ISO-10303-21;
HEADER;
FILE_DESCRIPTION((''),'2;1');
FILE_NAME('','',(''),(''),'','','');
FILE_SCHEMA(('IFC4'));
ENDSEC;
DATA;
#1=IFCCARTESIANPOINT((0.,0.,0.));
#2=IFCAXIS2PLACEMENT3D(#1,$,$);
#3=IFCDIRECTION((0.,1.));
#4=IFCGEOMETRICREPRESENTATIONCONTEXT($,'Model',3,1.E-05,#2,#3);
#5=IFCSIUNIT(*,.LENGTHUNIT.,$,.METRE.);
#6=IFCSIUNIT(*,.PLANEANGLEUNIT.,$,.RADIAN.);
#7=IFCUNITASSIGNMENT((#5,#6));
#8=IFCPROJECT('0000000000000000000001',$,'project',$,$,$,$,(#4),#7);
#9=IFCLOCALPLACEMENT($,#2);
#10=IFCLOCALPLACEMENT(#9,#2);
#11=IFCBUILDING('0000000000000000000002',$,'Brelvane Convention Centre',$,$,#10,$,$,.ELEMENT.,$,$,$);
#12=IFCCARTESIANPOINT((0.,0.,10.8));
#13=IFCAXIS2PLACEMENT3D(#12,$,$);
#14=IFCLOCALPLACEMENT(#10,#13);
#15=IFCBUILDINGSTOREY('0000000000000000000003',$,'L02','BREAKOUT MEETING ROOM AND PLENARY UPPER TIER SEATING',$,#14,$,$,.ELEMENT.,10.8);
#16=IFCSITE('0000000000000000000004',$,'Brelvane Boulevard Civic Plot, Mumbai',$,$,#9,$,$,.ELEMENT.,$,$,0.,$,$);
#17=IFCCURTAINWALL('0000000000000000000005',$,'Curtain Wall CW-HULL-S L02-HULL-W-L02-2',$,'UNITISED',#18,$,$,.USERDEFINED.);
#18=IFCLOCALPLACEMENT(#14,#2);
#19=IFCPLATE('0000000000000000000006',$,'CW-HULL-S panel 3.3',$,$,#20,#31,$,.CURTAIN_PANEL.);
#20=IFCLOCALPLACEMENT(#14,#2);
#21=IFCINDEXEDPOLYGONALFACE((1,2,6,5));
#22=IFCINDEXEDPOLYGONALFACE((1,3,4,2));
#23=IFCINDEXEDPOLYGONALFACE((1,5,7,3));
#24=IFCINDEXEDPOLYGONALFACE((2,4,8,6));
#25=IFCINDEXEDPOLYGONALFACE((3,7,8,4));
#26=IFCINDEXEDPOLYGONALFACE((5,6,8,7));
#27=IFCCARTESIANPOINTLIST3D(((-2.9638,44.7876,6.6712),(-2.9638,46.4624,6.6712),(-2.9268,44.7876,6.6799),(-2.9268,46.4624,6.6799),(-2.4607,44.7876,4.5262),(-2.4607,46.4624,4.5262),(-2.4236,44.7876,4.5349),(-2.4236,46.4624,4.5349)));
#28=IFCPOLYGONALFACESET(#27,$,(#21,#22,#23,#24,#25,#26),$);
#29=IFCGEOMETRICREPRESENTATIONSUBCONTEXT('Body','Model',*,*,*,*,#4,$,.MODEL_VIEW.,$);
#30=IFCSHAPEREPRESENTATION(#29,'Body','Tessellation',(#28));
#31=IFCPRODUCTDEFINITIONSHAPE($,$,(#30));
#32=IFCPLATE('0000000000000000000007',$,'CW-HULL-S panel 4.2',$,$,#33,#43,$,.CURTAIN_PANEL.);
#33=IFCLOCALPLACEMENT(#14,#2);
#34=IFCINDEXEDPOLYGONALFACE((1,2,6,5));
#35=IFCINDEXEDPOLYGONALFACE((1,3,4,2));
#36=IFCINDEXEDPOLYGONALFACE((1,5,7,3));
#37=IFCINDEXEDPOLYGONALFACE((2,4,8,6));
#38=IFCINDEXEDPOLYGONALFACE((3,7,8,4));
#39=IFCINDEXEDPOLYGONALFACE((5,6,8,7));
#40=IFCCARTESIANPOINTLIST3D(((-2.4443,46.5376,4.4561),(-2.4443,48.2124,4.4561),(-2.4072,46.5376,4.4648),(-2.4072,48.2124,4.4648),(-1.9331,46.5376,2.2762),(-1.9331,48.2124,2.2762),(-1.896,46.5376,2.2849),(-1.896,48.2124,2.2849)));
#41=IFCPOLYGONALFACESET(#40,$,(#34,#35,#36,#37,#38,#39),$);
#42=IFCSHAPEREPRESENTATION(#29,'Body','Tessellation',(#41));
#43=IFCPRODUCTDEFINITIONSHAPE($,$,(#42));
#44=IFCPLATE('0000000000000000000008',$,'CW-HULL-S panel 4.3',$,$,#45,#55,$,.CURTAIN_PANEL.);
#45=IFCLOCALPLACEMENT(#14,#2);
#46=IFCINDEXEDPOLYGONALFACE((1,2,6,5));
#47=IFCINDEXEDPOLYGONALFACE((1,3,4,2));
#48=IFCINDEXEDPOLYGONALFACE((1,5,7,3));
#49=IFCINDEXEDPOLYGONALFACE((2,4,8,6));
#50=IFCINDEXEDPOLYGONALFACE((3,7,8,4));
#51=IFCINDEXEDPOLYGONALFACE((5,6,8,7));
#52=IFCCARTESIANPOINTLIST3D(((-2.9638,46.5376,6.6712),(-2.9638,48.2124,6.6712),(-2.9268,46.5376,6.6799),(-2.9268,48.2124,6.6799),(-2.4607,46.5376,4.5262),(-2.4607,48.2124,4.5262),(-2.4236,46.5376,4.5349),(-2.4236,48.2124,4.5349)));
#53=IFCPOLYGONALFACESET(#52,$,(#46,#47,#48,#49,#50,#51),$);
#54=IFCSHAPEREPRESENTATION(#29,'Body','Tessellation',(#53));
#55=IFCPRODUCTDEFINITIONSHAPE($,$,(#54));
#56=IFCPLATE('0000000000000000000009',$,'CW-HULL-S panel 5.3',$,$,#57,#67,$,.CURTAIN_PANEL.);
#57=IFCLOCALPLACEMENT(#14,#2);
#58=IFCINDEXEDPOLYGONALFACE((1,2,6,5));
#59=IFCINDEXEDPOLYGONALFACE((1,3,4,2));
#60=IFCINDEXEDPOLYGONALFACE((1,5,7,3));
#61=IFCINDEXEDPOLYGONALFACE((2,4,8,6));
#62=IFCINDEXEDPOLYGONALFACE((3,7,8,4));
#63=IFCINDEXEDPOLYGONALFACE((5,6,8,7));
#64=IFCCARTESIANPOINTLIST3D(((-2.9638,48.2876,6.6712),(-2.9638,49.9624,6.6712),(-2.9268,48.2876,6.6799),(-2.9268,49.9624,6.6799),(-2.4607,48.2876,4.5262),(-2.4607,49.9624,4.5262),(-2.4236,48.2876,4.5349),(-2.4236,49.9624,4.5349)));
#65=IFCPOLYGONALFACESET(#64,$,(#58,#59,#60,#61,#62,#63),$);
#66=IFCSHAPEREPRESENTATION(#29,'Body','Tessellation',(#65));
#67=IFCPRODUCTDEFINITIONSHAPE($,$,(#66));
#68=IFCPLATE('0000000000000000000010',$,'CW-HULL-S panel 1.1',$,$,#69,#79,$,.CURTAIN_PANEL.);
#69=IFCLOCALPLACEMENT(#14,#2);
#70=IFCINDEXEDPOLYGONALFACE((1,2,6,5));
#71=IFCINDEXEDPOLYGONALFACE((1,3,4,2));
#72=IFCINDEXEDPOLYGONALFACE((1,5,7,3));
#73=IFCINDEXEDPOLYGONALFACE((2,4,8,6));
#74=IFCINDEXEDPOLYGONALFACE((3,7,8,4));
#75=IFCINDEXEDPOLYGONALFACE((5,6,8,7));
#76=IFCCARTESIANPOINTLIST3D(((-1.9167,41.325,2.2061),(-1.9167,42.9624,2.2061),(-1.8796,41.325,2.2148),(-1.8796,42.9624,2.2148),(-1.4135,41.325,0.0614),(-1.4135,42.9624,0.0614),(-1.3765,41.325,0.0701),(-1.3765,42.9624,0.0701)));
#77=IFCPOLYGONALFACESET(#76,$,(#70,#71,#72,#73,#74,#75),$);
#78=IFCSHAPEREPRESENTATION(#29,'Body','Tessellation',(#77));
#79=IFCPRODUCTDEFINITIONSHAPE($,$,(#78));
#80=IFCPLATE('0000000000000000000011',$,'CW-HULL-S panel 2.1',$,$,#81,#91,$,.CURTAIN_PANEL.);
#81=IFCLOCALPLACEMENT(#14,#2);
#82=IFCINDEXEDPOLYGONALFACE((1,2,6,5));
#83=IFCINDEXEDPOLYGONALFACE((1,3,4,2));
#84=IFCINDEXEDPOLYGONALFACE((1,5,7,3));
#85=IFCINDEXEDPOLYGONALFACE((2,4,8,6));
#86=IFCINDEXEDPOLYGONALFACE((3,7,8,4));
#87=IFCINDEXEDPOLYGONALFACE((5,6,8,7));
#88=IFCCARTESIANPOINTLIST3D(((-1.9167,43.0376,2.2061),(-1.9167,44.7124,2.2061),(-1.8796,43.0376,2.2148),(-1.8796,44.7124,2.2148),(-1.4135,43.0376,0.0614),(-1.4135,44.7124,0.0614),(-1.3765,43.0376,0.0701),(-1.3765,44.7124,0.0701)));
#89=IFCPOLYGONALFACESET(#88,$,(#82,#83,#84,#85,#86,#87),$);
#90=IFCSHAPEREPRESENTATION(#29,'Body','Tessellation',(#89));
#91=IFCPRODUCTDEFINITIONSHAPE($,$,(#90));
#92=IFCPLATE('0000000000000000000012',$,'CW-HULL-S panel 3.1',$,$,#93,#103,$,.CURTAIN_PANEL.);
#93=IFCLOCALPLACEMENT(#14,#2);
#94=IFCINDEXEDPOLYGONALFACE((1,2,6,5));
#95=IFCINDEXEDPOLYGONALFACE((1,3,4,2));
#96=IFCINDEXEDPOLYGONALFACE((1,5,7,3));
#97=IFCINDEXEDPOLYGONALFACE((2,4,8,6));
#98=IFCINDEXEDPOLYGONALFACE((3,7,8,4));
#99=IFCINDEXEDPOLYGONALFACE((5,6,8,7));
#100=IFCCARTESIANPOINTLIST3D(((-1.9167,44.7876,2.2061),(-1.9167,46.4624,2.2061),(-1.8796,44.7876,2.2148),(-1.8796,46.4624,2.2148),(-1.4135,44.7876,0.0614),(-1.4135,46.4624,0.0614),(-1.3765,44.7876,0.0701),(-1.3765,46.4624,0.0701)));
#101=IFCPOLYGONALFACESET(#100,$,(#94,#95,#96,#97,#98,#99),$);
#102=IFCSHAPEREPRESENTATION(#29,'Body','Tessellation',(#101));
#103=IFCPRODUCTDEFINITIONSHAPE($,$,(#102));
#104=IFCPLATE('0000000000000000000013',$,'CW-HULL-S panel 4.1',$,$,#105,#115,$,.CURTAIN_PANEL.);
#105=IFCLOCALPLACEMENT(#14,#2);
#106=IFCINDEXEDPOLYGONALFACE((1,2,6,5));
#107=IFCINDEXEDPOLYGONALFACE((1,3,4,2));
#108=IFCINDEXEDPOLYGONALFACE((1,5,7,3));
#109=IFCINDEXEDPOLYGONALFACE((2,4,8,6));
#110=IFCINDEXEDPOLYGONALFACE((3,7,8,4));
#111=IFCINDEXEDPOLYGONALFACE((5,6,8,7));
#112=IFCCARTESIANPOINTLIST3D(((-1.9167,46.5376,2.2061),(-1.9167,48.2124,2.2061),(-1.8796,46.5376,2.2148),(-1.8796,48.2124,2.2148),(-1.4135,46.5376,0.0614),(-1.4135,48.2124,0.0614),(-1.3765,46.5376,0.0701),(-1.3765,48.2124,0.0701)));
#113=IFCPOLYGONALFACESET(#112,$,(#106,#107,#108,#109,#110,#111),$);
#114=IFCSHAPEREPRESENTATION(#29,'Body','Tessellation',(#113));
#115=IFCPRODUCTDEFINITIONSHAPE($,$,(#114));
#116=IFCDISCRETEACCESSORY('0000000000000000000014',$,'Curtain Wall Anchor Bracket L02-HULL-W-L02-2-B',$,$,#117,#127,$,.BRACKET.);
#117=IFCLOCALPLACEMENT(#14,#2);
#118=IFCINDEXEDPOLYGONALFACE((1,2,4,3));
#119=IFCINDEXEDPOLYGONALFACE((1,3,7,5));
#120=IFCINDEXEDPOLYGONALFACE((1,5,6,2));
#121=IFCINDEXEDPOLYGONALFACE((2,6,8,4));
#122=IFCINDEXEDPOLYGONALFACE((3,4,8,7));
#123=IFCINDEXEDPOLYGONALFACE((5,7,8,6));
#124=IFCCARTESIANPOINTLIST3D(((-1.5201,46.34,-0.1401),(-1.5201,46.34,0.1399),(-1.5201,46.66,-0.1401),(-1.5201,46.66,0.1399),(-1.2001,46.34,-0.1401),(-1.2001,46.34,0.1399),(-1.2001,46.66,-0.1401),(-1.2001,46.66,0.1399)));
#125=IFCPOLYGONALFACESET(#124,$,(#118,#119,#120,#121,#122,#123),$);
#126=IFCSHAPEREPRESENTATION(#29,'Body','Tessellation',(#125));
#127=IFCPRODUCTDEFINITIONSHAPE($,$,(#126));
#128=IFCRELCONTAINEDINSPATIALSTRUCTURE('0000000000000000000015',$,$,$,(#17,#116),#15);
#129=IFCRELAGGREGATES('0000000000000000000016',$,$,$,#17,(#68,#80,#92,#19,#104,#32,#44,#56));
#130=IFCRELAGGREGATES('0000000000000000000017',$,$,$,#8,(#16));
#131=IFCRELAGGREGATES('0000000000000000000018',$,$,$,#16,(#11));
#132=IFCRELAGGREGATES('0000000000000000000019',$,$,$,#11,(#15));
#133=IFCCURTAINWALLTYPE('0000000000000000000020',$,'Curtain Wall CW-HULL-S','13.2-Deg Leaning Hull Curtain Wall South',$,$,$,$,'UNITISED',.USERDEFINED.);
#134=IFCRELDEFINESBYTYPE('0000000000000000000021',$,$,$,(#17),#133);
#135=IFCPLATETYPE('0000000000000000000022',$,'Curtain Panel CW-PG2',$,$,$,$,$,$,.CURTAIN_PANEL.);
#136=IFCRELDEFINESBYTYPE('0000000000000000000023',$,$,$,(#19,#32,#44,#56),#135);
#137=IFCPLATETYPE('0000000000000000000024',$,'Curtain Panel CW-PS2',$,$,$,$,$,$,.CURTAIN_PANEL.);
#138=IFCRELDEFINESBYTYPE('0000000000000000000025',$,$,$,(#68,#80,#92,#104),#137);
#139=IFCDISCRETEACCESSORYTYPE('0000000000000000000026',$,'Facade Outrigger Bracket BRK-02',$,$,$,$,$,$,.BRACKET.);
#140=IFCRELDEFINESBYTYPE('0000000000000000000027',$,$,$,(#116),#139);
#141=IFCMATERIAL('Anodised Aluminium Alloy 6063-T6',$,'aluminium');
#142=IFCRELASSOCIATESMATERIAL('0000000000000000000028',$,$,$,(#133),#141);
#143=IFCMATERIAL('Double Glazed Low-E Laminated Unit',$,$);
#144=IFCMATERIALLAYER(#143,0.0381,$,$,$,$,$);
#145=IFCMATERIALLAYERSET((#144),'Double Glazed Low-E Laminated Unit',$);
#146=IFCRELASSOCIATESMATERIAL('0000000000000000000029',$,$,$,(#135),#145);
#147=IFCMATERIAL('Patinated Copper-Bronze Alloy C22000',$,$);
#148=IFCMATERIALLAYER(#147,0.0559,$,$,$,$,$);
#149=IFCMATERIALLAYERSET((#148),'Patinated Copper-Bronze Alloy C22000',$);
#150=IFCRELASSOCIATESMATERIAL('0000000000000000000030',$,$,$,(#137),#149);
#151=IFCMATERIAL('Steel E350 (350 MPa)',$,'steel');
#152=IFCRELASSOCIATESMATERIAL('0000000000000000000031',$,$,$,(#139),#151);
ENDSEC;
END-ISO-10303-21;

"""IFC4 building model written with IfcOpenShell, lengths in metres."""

from ifc_helpers import new_model, si_unit, direction, frame, origin, origin_2d, place, context, subcontext, project, spatial, polyline, rectangle, outline, extrude, material, layer, layer_set, type_object, element, aggregate, save


model = new_model("IFC4")

# Units and contexts
model_context = context("Model", 3, precision=1e-05, world=origin(), true_north=direction((0.0, 1.0)))
body_context = subcontext(model_context, "Body", "Model", "MODEL_VIEW")
ifc_project = project(units=[si_unit("LENGTHUNIT", "METRE"), si_unit("PLANEANGLEUNIT", "RADIAN")], contexts=[model_context])

# Site, building, storey
site_placement = place(None, origin())
site = spatial("IfcSite", under=ifc_project, at=site_placement, Name="Brelvane Boulevard Civic Plot, Mumbai", CompositionType="ELEMENT", RefElevation=0.0)
building_placement = place(site_placement, origin())
building = spatial("IfcBuilding", under=site, at=building_placement, Name="Brelvane Convention Centre", CompositionType="ELEMENT")
storey_placement = place(building_placement, frame((0.0, 0.0, 10.8)))
storey = spatial("IfcBuildingStorey", under=building, at=storey_placement, Name="L02", Description="BREAKOUT MEETING ROOM AND PLENARY UPPER TIER SEATING", CompositionType="ELEMENT", Elevation=10.8)

# Curtain wall, plates
ifc_material_1 = material(Name="Anodised Aluminium Alloy 6063-T6", Category="aluminium")
curtain_wall_type = type_object("IfcCurtainWallType", Name="Curtain Wall CW-HULL-S", Description="13.2-Deg Leaning Hull Curtain Wall South", ElementType="UNITISED", PredefinedType="USERDEFINED", material=ifc_material_1)
curtain_wall_placement = place(storey_placement, origin())
curtain_wall = element("IfcCurtainWall", 1, at=curtain_wall_placement, inside=storey, type_object=curtain_wall_type, Name="Curtain Wall CW-HULL-S L02-HULL-W-L02-2", ObjectType="UNITISED", PredefinedType="USERDEFINED")
ifc_material_2 = material(Name="Double Glazed Low-E Laminated Unit")
ifc_layer_1 = layer(ifc_material_2, 0.0381)
ifc_layer_set_1 = layer_set([ifc_layer_1], Name="Double Glazed Low-E Laminated Unit")
plate_type_1 = type_object("IfcPlateType", Name="Curtain Panel CW-PG2", PredefinedType="CURTAIN_PANEL", material=ifc_layer_set_1)
plate_1_placement = place(storey_placement, frame((-2.4236, 44.7876, 4.5349), z_axis=(0.973572, 0.0, 0.228378), x_axis=(0.0, 1.0, 0.0)))
plate_1 = element("IfcPlate", 2, at=plate_1_placement, type_object=plate_type_1, Name="CW-HULL-S panel 3.3", PredefinedType="CURTAIN_PANEL", context=body_context, shape_type="SweptSolid", body=[
    extrude(outline(polyline([(0.0, 0.0), (1.6748, 0.0), (1.6748, 2.2032), (0.0, 2.2032), (0.0, 0.0)])), origin(), (0.0, 0.0, -1.0), 0.0381),
])
plate_2_placement = place(storey_placement, frame((-1.896, 46.5376, 2.2849), z_axis=(0.973586, 0.0, 0.228322), x_axis=(0.0, 1.0, 0.0)))
plate_2 = element("IfcPlate", 3, at=plate_2_placement, type_object=plate_type_1, Name="CW-HULL-S panel 4.2", PredefinedType="CURTAIN_PANEL", context=body_context, shape_type="SweptSolid", body=[
    extrude(outline(polyline([(0.0, 0.0), (1.6748, 0.0), (1.6748, 2.2391), (0.0, 2.2391), (0.0, 0.0)])), origin(), (0.0, 0.0, -1.0), 0.0381),
])
plate_3_placement = place(storey_placement, frame((-2.4236, 46.5376, 4.5349), z_axis=(0.973572, 0.0, 0.228378), x_axis=(0.0, 1.0, 0.0)))
plate_3 = element("IfcPlate", 4, at=plate_3_placement, type_object=plate_type_1, Name="CW-HULL-S panel 4.3", PredefinedType="CURTAIN_PANEL", context=body_context, shape_type="SweptSolid", body=[
    extrude(outline(polyline([(0.0, 0.0), (1.6748, 0.0), (1.6748, 2.2032), (0.0, 2.2032), (0.0, 0.0)])), origin(), (0.0, 0.0, -1.0), 0.0381),
])
plate_4_placement = place(storey_placement, frame((-2.4236, 48.2876, 4.5349), z_axis=(0.973572, 0.0, 0.228378), x_axis=(0.0, 1.0, 0.0)))
plate_4 = element("IfcPlate", 5, at=plate_4_placement, type_object=plate_type_1, Name="CW-HULL-S panel 5.3", PredefinedType="CURTAIN_PANEL", context=body_context, shape_type="SweptSolid", body=[
    extrude(outline(polyline([(0.0, 0.0), (1.6748, 0.0), (1.6748, 2.2032), (0.0, 2.2032), (0.0, 0.0)])), origin(), (0.0, 0.0, -1.0), 0.0381),
])
ifc_material_3 = material(Name="Patinated Copper-Bronze Alloy C22000")
ifc_layer_2 = layer(ifc_material_3, 0.0559)
ifc_layer_set_2 = layer_set([ifc_layer_2], Name="Patinated Copper-Bronze Alloy C22000")
plate_type_2 = type_object("IfcPlateType", Name="Curtain Panel CW-PS2", PredefinedType="CURTAIN_PANEL", material=ifc_layer_set_2)
plate_5_placement = place(storey_placement, frame((-1.3765, 41.325, 0.0701), z_axis=(0.973567, 0.0, 0.228403), x_axis=(0.0, 1.0, 0.0)))
plate_5 = element("IfcPlate", 6, at=plate_5_placement, type_object=plate_type_2, Name="CW-HULL-S panel 1.1", PredefinedType="CURTAIN_PANEL", context=body_context, shape_type="SweptSolid", body=[
    extrude(outline(polyline([(0.0, 0.0), (1.6375, 0.0), (1.6375, 2.203), (0.0, 2.203), (0.0, 0.0)])), origin(), (0.0, 0.0, -1.0), 0.0381),
])
plate_6_placement = place(storey_placement, frame((-1.3765, 43.0376, 0.0701), z_axis=(0.973567, 0.0, 0.228403), x_axis=(0.0, 1.0, 0.0)))
plate_6 = element("IfcPlate", 7, at=plate_6_placement, type_object=plate_type_2, Name="CW-HULL-S panel 2.1", PredefinedType="CURTAIN_PANEL", context=body_context, shape_type="SweptSolid", body=[
    extrude(outline(polyline([(0.0, 0.0), (1.6748, 0.0), (1.6748, 2.203), (0.0, 2.203), (0.0, 0.0)])), origin(), (0.0, 0.0, -1.0), 0.0381),
])
plate_7_placement = place(storey_placement, frame((-1.3765, 44.7876, 0.0701), z_axis=(0.973567, 0.0, 0.228403), x_axis=(0.0, 1.0, 0.0)))
plate_7 = element("IfcPlate", 8, at=plate_7_placement, type_object=plate_type_2, Name="CW-HULL-S panel 3.1", PredefinedType="CURTAIN_PANEL", context=body_context, shape_type="SweptSolid", body=[
    extrude(outline(polyline([(0.0, 0.0), (1.6748, 0.0), (1.6748, 2.203), (0.0, 2.203), (0.0, 0.0)])), origin(), (0.0, 0.0, -1.0), 0.0381),
])
plate_8_placement = place(storey_placement, frame((-1.3765, 46.5376, 0.0701), z_axis=(0.973567, 0.0, 0.228403), x_axis=(0.0, 1.0, 0.0)))
plate_8 = element("IfcPlate", 9, at=plate_8_placement, type_object=plate_type_2, Name="CW-HULL-S panel 4.1", PredefinedType="CURTAIN_PANEL", context=body_context, shape_type="SweptSolid", body=[
    extrude(outline(polyline([(0.0, 0.0), (1.6748, 0.0), (1.6748, 2.203), (0.0, 2.203), (0.0, 0.0)])), origin(), (0.0, 0.0, -1.0), 0.0381),
])
aggregate(curtain_wall, [plate_5, plate_6, plate_7, plate_1, plate_8, plate_2, plate_3, plate_4])

# Discrete accessory
ifc_material_4 = material(Name="Steel E350 (350 MPa)", Category="steel")
discrete_accessory_type = type_object("IfcDiscreteAccessoryType", Name="Facade Outrigger Bracket BRK-02", PredefinedType="BRACKET", material=ifc_material_4)
discrete_accessory_placement = place(storey_placement, frame((-1.3601, 46.5, -0.1401), z_axis=(0.0, 0.0, 1.0), x_axis=(1.0, 0.0, 0.0)))
element("IfcDiscreteAccessory", 10, at=discrete_accessory_placement, inside=storey, type_object=discrete_accessory_type, Name="Curtain Wall Anchor Bracket L02-HULL-W-L02-2-B", PredefinedType="BRACKET", context=body_context, shape_type="SweptSolid", body=[
    extrude(rectangle(XDim=0.3201, YDim=0.3201, at=origin_2d()), origin(), (0.0, 0.0, 1.0), 0.28),
])

save(model, "model.ifc")
